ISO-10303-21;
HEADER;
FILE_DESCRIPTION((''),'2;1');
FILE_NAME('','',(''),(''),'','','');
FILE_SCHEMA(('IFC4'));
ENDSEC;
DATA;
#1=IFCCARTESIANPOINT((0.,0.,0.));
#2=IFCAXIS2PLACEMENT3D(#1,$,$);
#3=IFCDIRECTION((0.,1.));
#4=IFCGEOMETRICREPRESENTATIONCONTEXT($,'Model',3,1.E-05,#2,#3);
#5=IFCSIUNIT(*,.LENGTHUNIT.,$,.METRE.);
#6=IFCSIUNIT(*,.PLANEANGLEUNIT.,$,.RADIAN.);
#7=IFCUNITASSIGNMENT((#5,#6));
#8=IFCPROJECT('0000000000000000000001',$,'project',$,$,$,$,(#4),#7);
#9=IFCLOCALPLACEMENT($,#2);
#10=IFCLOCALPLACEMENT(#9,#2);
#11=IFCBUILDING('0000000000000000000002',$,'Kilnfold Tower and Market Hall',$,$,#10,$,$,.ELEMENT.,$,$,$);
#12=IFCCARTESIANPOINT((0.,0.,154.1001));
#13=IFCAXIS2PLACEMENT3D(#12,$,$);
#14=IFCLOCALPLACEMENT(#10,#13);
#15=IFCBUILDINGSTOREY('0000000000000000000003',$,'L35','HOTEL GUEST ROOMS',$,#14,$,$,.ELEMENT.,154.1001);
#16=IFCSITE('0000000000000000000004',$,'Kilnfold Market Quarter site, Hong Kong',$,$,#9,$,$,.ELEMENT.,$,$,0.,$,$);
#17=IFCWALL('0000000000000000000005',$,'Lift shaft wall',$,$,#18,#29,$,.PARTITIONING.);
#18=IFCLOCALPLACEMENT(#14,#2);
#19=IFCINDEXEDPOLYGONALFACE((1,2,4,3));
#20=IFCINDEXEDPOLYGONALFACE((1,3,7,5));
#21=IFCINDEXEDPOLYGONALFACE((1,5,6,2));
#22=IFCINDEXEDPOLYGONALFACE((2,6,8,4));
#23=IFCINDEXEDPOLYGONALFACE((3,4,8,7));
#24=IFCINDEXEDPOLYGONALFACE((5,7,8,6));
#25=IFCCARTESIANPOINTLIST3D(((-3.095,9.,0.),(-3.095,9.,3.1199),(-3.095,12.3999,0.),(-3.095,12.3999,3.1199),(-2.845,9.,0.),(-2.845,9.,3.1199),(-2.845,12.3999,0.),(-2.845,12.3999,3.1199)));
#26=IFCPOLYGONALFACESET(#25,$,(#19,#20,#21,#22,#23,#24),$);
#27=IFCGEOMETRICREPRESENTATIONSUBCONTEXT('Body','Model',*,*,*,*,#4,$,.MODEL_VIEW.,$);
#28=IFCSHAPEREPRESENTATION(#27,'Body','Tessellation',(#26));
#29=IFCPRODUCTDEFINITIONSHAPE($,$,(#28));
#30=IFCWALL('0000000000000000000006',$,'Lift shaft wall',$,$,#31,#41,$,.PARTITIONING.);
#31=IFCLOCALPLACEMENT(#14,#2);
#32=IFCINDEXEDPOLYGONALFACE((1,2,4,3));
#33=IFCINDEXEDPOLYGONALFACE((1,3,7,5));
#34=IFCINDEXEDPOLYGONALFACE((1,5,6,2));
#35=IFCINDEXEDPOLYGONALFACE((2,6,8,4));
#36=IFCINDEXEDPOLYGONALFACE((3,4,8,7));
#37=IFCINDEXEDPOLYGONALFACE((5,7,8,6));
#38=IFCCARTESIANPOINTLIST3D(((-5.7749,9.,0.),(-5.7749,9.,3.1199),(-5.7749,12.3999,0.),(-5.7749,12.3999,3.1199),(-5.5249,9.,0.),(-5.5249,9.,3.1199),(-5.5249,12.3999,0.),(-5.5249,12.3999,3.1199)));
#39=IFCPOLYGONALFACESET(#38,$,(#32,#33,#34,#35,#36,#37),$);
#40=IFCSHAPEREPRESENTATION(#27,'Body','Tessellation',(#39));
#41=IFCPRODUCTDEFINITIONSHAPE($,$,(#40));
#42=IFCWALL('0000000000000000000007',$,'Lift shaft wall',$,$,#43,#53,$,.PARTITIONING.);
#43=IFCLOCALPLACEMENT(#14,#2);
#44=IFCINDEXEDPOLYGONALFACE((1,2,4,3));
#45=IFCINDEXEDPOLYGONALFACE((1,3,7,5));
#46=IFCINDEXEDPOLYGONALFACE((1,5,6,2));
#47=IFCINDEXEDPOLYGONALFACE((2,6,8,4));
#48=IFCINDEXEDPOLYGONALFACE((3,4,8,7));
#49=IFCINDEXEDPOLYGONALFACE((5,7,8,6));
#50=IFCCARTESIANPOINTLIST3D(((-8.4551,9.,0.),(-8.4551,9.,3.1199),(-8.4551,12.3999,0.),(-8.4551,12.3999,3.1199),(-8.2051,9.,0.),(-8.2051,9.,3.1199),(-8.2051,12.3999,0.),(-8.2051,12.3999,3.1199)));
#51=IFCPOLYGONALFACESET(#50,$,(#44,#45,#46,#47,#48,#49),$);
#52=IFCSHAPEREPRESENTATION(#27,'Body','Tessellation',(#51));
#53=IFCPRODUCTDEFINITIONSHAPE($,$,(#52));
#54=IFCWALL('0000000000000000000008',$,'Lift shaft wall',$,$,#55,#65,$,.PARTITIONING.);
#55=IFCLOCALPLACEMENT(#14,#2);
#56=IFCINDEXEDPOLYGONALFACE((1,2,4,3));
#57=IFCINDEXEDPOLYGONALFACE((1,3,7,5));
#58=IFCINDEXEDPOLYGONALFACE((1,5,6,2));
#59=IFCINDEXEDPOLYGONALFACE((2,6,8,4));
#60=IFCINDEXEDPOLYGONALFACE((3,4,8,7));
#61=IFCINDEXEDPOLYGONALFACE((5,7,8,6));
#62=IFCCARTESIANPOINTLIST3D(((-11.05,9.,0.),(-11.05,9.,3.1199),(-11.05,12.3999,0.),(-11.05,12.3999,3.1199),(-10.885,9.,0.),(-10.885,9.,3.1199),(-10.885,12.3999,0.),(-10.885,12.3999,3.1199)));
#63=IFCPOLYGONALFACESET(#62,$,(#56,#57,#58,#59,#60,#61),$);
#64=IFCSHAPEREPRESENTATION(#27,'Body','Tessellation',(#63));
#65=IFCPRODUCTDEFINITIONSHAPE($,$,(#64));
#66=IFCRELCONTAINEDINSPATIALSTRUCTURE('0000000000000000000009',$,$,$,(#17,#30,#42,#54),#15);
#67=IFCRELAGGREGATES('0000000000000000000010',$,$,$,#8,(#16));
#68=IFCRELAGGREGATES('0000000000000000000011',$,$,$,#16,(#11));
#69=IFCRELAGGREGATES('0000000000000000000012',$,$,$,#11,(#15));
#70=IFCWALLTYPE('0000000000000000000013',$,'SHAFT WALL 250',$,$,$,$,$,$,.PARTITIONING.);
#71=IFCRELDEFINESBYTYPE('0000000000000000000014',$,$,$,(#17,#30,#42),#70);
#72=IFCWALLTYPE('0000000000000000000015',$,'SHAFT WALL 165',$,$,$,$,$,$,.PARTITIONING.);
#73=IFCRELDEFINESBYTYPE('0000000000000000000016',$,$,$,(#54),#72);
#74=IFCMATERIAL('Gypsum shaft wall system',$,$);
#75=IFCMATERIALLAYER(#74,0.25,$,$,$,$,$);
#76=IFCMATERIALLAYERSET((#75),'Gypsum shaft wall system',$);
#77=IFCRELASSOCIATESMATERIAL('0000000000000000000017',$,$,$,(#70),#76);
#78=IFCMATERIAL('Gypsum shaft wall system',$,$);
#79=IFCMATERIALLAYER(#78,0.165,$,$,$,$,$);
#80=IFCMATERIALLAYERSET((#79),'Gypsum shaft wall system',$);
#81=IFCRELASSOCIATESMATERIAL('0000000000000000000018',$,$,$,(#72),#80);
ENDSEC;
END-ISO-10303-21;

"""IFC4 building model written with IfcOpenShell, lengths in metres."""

from ifc_helpers import new_model, si_unit, direction, frame, frame_2d, origin, place, context, subcontext, project, spatial, rectangle, extrude, source, transform, mapped, material, layer, layer_set, type_object, element, save


model = new_model("IFC4")

# Units and contexts
model_context = context("Model", 3, precision=1e-05, world=origin(), true_north=direction((0.0, 1.0)))
body_context = subcontext(model_context, "Body", "Model", "MODEL_VIEW")
ifc_project = project(units=[si_unit("LENGTHUNIT", "METRE"), si_unit("PLANEANGLEUNIT", "RADIAN")], contexts=[model_context])

# Site, building, storey
site_placement = place(None, origin())
site = spatial("IfcSite", under=ifc_project, at=site_placement, Name="Kilnfold Market Quarter site, Hong Kong", CompositionType="ELEMENT", RefElevation=0.0)
building_placement = place(site_placement, origin())
building = spatial("IfcBuilding", under=site, at=building_placement, Name="Kilnfold Tower and Market Hall", CompositionType="ELEMENT")
storey_placement = place(building_placement, frame((0.0, 0.0, 154.1001)))
storey = spatial("IfcBuildingStorey", under=building, at=storey_placement, Name="L35", Description="HOTEL GUEST ROOMS", CompositionType="ELEMENT", Elevation=154.1001)

# Walls
ifc_material_1 = material(Name="Gypsum shaft wall system")
ifc_layer_1 = layer(ifc_material_1, 0.25)
ifc_layer_set_1 = layer_set([ifc_layer_1], Name="Gypsum shaft wall system")
wall_type_1 = type_object("IfcWallType", Name="SHAFT WALL 250", PredefinedType="PARTITIONING", material=ifc_layer_set_1)
shared_shape_1 = source(origin(), body_context, "Body", "SweptSolid", [
    extrude(rectangle(XDim=3.3999, YDim=0.25, at=frame_2d((1.7, 0.0))), origin(), (0.0, 0.0, 1.0), 3.1199),
])
for number, where, z_axis, x_axis, name in (
    (1, (-2.97, 9.0, 0.0), (0.0, 0.0, 1.0), (0.0, 1.0, 0.0), "Lift shaft wall"),
    (2, (-5.6499, 9.0, 0.0), (0.0, 0.0, 1.0), (0.0, 1.0, 0.0), "Lift shaft wall"),
    (3, (-8.3301, 9.0, 0.0), (0.0, 0.0, 1.0), (0.0, 1.0, 0.0), "Lift shaft wall"),
):
    element("IfcWall", number, at=place(storey_placement, frame(where, z_axis=z_axis, x_axis=x_axis)), inside=storey, type_object=wall_type_1, Name=name, PredefinedType="PARTITIONING", context=body_context, shape_type="MappedRepresentation", body=[
        mapped(shared_shape_1, transform((0.0, 0.0, 0.0))),
    ])
ifc_material_2 = material(Name="Gypsum shaft wall system")
ifc_layer_2 = layer(ifc_material_2, 0.165)
ifc_layer_set_2 = layer_set([ifc_layer_2], Name="Gypsum shaft wall system")
wall_type_2 = type_object("IfcWallType", Name="SHAFT WALL 165", PredefinedType="PARTITIONING", material=ifc_layer_set_2)
shared_shape_2 = source(origin(), body_context, "Body", "SweptSolid", [
    extrude(rectangle(XDim=3.3999, YDim=0.165, at=frame_2d((1.7, 0.0))), origin(), (0.0, 0.0, 1.0), 3.1199),
])
wall_1_placement = place(storey_placement, frame((-10.9675, 9.0, 0.0), z_axis=(0.0, 0.0, 1.0), x_axis=(0.0, 1.0, 0.0)))
element("IfcWall", 4, at=wall_1_placement, inside=storey, type_object=wall_type_2, Name="Lift shaft wall", PredefinedType="PARTITIONING", context=body_context, shape_type="MappedRepresentation", body=[
    mapped(shared_shape_2, transform((0.0, 0.0, 0.0))),
])

save(model, "model.ifc")
